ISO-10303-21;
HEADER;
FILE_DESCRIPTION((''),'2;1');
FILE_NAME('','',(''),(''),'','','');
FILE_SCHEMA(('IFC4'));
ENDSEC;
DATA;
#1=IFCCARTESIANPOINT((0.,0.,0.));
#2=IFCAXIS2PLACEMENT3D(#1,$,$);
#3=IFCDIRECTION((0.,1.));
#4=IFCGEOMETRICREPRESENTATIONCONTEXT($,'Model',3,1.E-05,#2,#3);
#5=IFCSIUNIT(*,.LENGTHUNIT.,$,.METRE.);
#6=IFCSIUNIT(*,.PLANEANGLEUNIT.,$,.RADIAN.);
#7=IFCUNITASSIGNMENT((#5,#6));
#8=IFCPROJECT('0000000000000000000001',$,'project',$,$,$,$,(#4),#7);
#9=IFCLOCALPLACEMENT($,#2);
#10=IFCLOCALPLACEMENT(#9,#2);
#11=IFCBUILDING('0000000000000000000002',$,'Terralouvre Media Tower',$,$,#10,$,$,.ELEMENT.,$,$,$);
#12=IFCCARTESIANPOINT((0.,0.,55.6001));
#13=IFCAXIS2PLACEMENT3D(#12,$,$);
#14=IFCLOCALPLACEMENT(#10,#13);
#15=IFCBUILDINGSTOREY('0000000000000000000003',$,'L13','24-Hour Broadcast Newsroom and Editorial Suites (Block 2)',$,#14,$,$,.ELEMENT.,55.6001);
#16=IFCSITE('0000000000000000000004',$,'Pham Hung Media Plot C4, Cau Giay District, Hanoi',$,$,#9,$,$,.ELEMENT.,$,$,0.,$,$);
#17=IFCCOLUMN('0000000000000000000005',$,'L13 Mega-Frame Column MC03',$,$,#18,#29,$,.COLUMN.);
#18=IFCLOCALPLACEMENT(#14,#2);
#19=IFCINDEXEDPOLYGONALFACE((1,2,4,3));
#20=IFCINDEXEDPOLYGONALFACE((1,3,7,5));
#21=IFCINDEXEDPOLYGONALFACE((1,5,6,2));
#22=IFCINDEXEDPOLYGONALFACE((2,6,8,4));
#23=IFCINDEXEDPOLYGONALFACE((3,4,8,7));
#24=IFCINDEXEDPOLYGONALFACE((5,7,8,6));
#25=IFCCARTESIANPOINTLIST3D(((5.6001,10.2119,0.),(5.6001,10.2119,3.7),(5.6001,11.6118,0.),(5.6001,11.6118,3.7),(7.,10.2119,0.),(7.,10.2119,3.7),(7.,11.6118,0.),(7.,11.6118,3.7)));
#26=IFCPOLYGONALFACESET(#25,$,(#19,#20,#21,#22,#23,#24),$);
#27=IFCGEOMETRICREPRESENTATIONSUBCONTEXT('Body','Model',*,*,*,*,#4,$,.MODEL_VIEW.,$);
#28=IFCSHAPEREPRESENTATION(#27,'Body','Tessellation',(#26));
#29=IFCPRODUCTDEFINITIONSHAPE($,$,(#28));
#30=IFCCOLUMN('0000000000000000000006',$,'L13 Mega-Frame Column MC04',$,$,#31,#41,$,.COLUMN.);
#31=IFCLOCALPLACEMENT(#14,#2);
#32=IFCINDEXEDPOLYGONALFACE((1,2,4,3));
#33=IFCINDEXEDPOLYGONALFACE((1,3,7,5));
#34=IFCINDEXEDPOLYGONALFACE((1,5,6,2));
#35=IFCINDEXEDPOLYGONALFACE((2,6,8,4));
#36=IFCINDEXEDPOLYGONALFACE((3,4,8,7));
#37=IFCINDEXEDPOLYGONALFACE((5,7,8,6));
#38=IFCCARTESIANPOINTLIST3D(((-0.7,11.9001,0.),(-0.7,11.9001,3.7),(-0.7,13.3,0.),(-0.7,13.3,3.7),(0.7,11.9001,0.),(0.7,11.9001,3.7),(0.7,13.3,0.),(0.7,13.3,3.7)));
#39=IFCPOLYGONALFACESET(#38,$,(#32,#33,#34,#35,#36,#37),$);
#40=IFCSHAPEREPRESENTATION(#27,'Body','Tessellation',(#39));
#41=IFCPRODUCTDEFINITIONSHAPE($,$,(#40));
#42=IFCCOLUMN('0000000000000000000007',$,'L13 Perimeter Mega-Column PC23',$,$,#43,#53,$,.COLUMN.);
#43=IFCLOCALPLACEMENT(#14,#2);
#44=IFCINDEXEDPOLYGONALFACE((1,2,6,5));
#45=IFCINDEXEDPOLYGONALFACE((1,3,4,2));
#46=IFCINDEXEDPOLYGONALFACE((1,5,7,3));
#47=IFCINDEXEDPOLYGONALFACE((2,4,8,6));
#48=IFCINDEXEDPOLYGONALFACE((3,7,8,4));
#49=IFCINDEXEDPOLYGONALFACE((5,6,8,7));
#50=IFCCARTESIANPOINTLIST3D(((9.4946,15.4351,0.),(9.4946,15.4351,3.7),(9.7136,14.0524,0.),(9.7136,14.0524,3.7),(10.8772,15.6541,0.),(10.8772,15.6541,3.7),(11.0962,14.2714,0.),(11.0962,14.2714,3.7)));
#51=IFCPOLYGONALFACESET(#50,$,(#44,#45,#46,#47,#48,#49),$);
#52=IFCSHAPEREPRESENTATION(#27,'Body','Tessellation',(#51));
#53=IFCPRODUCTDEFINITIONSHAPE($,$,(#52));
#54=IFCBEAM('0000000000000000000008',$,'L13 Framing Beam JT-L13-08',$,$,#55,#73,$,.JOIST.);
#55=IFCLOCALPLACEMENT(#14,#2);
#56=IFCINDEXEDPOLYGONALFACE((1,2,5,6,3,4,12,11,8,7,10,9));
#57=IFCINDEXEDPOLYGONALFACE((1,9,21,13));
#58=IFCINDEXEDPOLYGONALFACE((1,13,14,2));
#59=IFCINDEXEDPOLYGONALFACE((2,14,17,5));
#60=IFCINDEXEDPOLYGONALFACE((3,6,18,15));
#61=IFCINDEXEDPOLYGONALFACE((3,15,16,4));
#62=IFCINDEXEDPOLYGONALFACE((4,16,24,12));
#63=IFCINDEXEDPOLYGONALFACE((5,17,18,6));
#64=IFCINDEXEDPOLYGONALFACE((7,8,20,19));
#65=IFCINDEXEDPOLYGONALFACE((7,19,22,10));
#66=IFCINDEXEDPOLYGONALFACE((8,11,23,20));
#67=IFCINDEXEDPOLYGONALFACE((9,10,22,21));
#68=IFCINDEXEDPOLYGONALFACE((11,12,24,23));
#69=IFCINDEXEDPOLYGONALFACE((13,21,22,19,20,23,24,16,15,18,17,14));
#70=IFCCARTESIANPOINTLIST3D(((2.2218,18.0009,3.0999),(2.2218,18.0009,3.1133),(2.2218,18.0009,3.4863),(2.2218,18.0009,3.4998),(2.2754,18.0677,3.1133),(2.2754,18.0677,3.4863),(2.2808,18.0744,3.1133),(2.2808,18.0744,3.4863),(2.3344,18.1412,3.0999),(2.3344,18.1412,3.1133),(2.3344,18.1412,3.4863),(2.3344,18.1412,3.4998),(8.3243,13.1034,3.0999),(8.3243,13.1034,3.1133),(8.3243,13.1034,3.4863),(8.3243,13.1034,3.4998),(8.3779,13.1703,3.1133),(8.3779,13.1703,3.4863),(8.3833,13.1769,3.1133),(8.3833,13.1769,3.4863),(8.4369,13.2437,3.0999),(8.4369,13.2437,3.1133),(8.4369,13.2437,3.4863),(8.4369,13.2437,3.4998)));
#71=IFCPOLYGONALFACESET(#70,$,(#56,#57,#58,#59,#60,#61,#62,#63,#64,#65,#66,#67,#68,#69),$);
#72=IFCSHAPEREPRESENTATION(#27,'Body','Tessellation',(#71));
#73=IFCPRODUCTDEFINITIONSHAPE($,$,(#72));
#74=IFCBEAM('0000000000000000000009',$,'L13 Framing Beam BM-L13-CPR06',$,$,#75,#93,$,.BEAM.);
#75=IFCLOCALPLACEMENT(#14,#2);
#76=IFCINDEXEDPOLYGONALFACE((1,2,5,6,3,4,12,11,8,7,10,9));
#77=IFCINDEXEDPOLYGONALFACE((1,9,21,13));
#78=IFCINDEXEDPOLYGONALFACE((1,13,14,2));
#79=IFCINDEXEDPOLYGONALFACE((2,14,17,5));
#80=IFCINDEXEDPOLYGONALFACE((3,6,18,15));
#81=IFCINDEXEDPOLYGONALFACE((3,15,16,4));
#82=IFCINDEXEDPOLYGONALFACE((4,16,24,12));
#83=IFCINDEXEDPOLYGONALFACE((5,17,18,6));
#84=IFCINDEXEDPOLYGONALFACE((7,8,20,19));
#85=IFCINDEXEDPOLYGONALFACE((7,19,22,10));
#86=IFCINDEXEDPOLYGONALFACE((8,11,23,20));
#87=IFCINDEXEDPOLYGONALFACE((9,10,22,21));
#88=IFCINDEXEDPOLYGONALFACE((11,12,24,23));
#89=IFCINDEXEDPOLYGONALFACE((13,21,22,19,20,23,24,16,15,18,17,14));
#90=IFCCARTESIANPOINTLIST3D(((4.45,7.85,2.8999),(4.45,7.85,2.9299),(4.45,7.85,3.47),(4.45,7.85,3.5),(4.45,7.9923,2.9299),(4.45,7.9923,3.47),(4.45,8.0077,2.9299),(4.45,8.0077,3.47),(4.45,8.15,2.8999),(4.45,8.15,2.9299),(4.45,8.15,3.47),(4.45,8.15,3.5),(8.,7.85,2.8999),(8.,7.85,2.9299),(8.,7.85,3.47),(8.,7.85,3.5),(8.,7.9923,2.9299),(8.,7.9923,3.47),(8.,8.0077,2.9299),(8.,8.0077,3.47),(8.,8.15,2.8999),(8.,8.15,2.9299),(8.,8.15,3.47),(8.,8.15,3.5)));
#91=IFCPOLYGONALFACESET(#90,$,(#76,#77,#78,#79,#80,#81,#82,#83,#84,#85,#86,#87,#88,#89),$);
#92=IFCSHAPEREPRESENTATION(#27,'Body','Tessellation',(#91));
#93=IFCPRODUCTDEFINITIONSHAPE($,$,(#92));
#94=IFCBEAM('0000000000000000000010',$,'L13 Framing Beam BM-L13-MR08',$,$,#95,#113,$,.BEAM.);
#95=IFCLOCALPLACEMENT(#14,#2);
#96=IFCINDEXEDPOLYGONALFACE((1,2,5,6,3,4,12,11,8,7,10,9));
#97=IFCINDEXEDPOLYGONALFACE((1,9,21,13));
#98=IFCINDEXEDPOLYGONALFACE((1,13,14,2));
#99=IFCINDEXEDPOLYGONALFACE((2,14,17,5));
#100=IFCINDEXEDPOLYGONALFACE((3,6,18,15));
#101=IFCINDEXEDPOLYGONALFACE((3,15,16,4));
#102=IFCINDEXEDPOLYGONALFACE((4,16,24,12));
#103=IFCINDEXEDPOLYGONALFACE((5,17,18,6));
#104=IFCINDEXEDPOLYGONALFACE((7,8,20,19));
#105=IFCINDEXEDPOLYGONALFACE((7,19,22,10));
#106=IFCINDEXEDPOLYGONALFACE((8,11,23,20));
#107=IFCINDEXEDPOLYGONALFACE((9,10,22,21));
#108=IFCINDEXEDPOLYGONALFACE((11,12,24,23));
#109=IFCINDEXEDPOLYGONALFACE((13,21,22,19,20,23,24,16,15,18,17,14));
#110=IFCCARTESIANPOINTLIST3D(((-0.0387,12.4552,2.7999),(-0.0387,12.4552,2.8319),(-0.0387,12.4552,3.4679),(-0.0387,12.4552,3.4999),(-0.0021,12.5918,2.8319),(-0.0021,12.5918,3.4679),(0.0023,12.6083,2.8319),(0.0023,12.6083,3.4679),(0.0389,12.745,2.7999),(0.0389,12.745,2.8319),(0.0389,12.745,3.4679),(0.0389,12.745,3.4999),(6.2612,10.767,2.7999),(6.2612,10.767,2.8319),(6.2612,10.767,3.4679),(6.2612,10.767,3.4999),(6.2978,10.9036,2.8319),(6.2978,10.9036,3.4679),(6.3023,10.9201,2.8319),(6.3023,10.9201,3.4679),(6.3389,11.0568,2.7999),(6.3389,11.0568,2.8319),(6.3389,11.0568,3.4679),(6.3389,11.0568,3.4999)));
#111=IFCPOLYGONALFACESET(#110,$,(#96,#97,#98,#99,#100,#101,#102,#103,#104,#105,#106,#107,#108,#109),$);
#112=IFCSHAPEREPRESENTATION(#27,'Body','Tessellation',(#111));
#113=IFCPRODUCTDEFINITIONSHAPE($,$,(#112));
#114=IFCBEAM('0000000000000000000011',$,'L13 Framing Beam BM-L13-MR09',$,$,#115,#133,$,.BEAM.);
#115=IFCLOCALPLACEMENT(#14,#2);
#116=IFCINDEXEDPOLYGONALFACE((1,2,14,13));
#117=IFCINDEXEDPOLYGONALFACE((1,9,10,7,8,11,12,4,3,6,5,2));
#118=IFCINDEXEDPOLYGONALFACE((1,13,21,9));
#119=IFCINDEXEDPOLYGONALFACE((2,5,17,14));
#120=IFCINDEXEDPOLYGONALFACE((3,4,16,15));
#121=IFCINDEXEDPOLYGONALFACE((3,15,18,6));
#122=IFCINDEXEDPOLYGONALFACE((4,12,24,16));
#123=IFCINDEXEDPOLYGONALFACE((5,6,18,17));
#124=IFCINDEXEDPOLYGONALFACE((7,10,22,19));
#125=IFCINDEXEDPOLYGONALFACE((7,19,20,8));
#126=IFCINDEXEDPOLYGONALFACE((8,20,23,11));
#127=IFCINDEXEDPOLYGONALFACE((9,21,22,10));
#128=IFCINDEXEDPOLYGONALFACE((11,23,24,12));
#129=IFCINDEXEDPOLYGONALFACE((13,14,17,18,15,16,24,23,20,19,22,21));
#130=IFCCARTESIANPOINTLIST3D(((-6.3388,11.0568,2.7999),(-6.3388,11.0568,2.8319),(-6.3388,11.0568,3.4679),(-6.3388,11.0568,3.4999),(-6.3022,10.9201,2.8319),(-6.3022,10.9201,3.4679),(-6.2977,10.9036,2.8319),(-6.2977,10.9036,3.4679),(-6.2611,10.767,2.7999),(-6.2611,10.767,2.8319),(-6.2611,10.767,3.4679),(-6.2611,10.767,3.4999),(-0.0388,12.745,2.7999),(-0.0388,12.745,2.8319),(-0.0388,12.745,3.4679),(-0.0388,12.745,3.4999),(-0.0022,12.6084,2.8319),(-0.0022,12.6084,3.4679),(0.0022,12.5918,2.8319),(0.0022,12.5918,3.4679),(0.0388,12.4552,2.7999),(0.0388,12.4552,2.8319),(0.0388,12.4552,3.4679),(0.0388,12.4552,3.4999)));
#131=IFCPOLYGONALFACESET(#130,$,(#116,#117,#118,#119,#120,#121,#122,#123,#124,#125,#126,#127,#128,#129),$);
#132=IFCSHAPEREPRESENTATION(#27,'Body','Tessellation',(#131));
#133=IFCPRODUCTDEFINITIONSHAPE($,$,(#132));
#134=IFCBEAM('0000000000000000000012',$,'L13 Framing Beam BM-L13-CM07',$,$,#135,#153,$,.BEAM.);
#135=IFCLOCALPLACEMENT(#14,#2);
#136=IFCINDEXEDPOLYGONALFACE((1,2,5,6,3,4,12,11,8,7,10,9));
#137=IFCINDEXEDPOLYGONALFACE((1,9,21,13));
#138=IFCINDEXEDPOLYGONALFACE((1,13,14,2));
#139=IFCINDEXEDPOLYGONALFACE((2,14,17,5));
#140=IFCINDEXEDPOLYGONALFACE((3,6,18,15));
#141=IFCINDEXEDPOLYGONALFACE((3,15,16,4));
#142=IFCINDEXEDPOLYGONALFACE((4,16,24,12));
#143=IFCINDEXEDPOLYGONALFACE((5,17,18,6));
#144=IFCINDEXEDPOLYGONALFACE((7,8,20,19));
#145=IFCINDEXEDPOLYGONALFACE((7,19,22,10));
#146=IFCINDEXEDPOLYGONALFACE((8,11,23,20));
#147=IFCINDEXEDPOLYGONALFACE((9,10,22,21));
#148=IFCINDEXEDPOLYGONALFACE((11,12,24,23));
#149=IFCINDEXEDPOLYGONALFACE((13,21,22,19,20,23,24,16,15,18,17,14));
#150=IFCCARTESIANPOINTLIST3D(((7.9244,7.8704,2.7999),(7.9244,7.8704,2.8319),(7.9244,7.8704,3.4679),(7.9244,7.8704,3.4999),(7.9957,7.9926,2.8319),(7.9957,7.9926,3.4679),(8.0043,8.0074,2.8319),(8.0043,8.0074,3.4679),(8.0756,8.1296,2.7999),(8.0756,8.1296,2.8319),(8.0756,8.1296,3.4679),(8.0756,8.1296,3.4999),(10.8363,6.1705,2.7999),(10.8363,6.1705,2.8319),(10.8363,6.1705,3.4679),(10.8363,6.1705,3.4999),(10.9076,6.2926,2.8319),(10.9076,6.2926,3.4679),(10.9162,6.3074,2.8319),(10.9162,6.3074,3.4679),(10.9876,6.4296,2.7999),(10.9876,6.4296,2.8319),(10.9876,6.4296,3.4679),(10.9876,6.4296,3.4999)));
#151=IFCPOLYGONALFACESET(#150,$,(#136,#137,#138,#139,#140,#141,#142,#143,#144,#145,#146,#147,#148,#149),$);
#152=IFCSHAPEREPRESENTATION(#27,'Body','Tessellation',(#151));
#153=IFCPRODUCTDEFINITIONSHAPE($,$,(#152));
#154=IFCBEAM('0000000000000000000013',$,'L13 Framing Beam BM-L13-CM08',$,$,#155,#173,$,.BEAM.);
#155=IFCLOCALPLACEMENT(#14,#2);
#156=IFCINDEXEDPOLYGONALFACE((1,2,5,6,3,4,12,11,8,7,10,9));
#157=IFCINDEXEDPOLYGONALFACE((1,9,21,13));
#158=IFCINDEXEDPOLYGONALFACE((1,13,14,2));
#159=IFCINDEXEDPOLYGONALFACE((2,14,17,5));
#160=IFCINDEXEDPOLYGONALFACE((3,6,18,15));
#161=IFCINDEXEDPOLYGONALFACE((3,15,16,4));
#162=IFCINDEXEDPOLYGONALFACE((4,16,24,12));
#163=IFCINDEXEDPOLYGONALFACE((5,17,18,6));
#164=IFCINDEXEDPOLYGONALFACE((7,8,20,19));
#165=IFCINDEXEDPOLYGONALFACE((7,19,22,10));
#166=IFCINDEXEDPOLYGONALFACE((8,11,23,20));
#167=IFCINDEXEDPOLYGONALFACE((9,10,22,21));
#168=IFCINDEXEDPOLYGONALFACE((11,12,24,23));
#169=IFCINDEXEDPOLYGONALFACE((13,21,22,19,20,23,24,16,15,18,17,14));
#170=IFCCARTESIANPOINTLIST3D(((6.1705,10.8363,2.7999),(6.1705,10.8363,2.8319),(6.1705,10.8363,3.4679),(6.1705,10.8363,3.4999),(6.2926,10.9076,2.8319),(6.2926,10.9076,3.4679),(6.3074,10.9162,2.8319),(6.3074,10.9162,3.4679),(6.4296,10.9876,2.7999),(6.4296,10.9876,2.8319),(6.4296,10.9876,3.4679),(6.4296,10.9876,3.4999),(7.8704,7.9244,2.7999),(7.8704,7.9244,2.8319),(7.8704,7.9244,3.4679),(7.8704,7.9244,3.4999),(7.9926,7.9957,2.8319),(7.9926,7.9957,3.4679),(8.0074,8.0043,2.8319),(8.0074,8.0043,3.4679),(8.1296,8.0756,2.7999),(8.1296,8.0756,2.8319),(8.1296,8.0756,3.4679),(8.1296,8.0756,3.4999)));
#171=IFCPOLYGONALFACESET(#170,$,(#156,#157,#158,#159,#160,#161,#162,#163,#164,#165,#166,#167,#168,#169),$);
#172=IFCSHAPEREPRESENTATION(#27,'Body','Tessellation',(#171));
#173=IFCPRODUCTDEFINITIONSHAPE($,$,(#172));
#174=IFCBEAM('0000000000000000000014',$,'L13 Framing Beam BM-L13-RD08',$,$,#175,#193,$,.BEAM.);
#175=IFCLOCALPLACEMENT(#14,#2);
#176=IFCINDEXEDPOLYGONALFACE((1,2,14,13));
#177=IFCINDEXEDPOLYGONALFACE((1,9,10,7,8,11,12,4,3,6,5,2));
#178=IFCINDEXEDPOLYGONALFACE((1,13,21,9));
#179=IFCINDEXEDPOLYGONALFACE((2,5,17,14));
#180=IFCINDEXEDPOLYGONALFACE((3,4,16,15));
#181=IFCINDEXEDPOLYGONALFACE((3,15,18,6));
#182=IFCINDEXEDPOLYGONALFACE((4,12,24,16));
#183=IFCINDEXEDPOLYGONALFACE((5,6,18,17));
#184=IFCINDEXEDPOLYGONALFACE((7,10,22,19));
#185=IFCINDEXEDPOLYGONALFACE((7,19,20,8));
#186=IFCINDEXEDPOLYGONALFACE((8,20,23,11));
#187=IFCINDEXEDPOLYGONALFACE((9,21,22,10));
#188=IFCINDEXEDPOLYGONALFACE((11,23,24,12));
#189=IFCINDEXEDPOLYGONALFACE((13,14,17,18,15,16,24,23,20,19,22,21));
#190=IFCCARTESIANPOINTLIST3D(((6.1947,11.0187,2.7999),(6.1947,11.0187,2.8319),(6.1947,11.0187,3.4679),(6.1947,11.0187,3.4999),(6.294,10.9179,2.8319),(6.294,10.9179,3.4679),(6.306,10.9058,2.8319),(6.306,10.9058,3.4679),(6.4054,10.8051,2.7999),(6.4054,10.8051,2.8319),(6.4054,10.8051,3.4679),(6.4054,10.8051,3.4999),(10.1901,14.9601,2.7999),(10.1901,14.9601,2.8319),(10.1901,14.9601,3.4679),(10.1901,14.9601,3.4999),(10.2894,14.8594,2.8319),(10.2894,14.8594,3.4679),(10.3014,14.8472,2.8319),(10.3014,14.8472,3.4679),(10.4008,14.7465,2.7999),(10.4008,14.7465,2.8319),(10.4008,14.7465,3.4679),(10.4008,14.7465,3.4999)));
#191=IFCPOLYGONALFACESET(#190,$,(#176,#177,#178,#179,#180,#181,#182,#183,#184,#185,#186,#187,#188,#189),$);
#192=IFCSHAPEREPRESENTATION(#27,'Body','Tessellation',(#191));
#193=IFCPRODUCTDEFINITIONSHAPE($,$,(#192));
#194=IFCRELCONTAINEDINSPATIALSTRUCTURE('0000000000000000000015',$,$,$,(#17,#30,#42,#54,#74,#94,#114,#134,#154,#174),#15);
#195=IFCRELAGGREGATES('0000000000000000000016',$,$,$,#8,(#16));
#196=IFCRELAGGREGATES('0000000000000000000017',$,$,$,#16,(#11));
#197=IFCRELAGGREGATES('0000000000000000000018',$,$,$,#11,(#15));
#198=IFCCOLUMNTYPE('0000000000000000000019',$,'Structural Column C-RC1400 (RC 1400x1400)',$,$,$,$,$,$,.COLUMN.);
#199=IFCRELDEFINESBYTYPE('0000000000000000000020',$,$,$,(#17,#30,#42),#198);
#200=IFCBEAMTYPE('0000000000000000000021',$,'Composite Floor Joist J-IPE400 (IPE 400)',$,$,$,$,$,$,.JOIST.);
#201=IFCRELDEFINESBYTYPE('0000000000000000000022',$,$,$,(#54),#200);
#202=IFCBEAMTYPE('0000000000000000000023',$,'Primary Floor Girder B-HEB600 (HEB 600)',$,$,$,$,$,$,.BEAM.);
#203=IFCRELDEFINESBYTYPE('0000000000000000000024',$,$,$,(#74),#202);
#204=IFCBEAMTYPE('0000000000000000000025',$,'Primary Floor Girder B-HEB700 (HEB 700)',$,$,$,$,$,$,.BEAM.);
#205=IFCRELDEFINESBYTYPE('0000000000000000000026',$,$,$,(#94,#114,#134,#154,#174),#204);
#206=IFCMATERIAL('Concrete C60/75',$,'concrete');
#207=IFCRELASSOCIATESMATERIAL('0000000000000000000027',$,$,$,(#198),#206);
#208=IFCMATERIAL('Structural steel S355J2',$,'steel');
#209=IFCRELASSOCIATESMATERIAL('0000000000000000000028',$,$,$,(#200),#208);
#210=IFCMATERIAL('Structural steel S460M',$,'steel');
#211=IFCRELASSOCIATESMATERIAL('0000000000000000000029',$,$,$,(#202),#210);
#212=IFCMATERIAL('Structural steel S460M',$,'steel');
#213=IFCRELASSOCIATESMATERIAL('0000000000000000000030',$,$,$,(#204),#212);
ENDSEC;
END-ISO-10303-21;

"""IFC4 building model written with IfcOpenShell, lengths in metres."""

from ifc_helpers import new_model, si_unit, direction, frame, origin, origin_2d, place, context, subcontext, project, spatial, rectangle, i_section, extrude, material, material_profile, profile_set, type_object, element, save


model = new_model("IFC4")

# Units and contexts
model_context = context("Model", 3, precision=1e-05, world=origin(), true_north=direction((0.0, 1.0)))
body_context = subcontext(model_context, "Body", "Model", "MODEL_VIEW")
ifc_project = project(units=[si_unit("LENGTHUNIT", "METRE"), si_unit("PLANEANGLEUNIT", "RADIAN")], contexts=[model_context])

# Site, building, storey
site_placement = place(None, origin())
site = spatial("IfcSite", under=ifc_project, at=site_placement, Name="Pham Hung Media Plot C4, Cau Giay District, Hanoi", CompositionType="ELEMENT", RefElevation=0.0)
building_placement = place(site_placement, origin())
building = spatial("IfcBuilding", under=site, at=building_placement, Name="Terralouvre Media Tower", CompositionType="ELEMENT")
storey_placement = place(building_placement, frame((0.0, 0.0, 55.6001)))
storey = spatial("IfcBuildingStorey", under=building, at=storey_placement, Name="L13", Description="24-Hour Broadcast Newsroom and Editorial Suites (Block 2)", CompositionType="ELEMENT", Elevation=55.6001)

# Columns
ifc_material_1 = material(Name="Concrete C60/75", Category="concrete")
ifc_material_profile_1 = material_profile(ifc_material_1, rectangle(XDim=1.3999, YDim=1.3999, at=origin_2d()), Name="RC 1400x1400")
ifc_profile_set_1 = profile_set([ifc_material_profile_1], Name="Concrete C60/75")
column_type = type_object("IfcColumnType", Name="Structural Column C-RC1400 (RC 1400x1400)", PredefinedType="COLUMN", material=ifc_profile_set_1)
for number, where, z_axis, x_axis, name in (
    (1, (6.3, 10.9119, 0.0), (0.0, 0.0, 1.0), (1.0, 0.0, 0.0), "L13 Mega-Frame Column MC03"),
    (2, (0.0, 12.6001, 0.0), (0.0, 0.0, 1.0), (1.0, 0.0, 0.0), "L13 Mega-Frame Column MC04"),
    (3, (10.2954, 14.8533, 0.0), (0.0, 0.0, 1.0), (0.987688, 0.156434, 0.0), "L13 Perimeter Mega-Column PC23"),
):
    element("IfcColumn", number, at=place(storey_placement, frame(where, z_axis=z_axis, x_axis=x_axis)), inside=storey, type_object=column_type, Name=name, PredefinedType="COLUMN", context=body_context, shape_type="SweptSolid", body=[
        extrude(rectangle(XDim=1.3999, YDim=1.3999, at=origin_2d()), origin(), (0.0, 0.0, 1.0), 3.7),
    ])

# Beams
ifc_material_2 = material(Name="Structural steel S355J2", Category="steel")
ifc_material_profile_2 = material_profile(ifc_material_2, i_section(OverallWidth=0.1799, OverallDepth=0.3999, WebThickness=0.0085, FlangeThickness=0.0134, at=origin_2d()), Name="IPE 400")
ifc_profile_set_2 = profile_set([ifc_material_profile_2], Name="Structural steel S355J2")
beam_type_1 = type_object("IfcBeamType", Name="Composite Floor Joist J-IPE400 (IPE 400)", PredefinedType="JOIST", material=ifc_profile_set_2)
beam_1_placement = place(storey_placement, frame((8.3806, 13.1736, 3.2998), z_axis=(-0.779906, 0.625897, 0.0), x_axis=(-0.625897, -0.779906, 0.0)))
element("IfcBeam", 4, at=beam_1_placement, inside=storey, type_object=beam_type_1, Name="L13 Framing Beam JT-L13-08", PredefinedType="JOIST", context=body_context, shape_type="SweptSolid", body=[
    extrude(i_section(OverallWidth=0.1799, OverallDepth=0.3999, WebThickness=0.0085, FlangeThickness=0.0134, at=origin_2d()), origin(), (0.0, 0.0, 1.0), 7.8247),
])
ifc_material_3 = material(Name="Structural steel S460M", Category="steel")
ifc_material_profile_3 = material_profile(ifc_material_3, i_section(OverallWidth=0.3, OverallDepth=0.6001, WebThickness=0.0154, FlangeThickness=0.03, at=origin_2d()), Name="HEB 600")
ifc_profile_set_3 = profile_set([ifc_material_profile_3], Name="Structural steel S460M")
beam_type_2 = type_object("IfcBeamType", Name="Primary Floor Girder B-HEB600 (HEB 600)", PredefinedType="BEAM", material=ifc_profile_set_3)
beam_2_placement = place(storey_placement, frame((8.0, 8.0, 3.2), z_axis=(-1.0, 0.0, 0.0), x_axis=(0.0, -1.0, 0.0)))
element("IfcBeam", 5, at=beam_2_placement, inside=storey, type_object=beam_type_2, Name="L13 Framing Beam BM-L13-CPR06", PredefinedType="BEAM", context=body_context, shape_type="SweptSolid", body=[
    extrude(i_section(OverallWidth=0.3, OverallDepth=0.6001, WebThickness=0.0154, FlangeThickness=0.03, at=origin_2d()), origin(), (0.0, 0.0, 1.0), 3.55),
])
ifc_material_4 = material(Name="Structural steel S460M", Category="steel")
ifc_material_profile_4 = material_profile(ifc_material_4, i_section(OverallWidth=0.3, OverallDepth=0.7, WebThickness=0.0171, FlangeThickness=0.032, at=origin_2d()), Name="HEB 700")
ifc_profile_set_4 = profile_set([ifc_material_profile_4], Name="Structural steel S460M")
beam_type_3 = type_object("IfcBeamType", Name="Primary Floor Girder B-HEB700 (HEB 700)", PredefinedType="BEAM", material=ifc_profile_set_4)
for number, where, z_axis, x_axis, name in (
    (6, (6.3, 10.9119, 3.1499), (-0.96592, 0.258839, 0.0), (-0.258839, -0.96592, 0.0), "L13 Framing Beam BM-L13-MR08"),
    (7, (0.0, 12.6001, 3.1499), (-0.96592, -0.258839, 0.0), (0.258839, -0.96592, 0.0), "L13 Framing Beam BM-L13-MR09"),
):
    element("IfcBeam", number, at=place(storey_placement, frame(where, z_axis=z_axis, x_axis=x_axis)), inside=storey, type_object=beam_type_3, Name=name, PredefinedType="BEAM", context=body_context, shape_type="SweptSolid", body=[
        extrude(i_section(OverallWidth=0.3, OverallDepth=0.7, WebThickness=0.0171, FlangeThickness=0.032, at=origin_2d()), origin(), (0.0, 0.0, 1.0), 6.5222),
    ])
for number, where, z_axis, x_axis, name in (
    (8, (8.0, 8.0, 3.1499), (0.863603, -0.504173, 0.0), (0.504173, 0.863603, 0.0), "L13 Framing Beam BM-L13-CM07"),
    (9, (8.0, 8.0, 3.1499), (-0.504173, 0.863603, 0.0), (-0.863603, -0.504173, 0.0), "L13 Framing Beam BM-L13-CM08"),
):
    element("IfcBeam", number, at=place(storey_placement, frame(where, z_axis=z_axis, x_axis=x_axis)), inside=storey, type_object=beam_type_3, Name=name, PredefinedType="BEAM", context=body_context, shape_type="SweptSolid", body=[
        extrude(i_section(OverallWidth=0.3, OverallDepth=0.7, WebThickness=0.0171, FlangeThickness=0.032, at=origin_2d()), origin(), (0.0, 0.0, 1.0), 3.3718),
    ])
beam_3_placement = place(storey_placement, frame((6.3, 10.9119, 3.1499), z_axis=(0.711897, 0.702284, 0.0), x_axis=(-0.702284, 0.711897, 0.0)))
element("IfcBeam", 10, at=beam_3_placement, inside=storey, type_object=beam_type_3, Name="L13 Framing Beam BM-L13-RD08", PredefinedType="BEAM", context=body_context, shape_type="SweptSolid", body=[
    extrude(i_section(OverallWidth=0.3, OverallDepth=0.7, WebThickness=0.0171, FlangeThickness=0.032, at=origin_2d()), origin(), (0.0, 0.0, 1.0), 5.6123),
])

save(model, "model.ifc")
